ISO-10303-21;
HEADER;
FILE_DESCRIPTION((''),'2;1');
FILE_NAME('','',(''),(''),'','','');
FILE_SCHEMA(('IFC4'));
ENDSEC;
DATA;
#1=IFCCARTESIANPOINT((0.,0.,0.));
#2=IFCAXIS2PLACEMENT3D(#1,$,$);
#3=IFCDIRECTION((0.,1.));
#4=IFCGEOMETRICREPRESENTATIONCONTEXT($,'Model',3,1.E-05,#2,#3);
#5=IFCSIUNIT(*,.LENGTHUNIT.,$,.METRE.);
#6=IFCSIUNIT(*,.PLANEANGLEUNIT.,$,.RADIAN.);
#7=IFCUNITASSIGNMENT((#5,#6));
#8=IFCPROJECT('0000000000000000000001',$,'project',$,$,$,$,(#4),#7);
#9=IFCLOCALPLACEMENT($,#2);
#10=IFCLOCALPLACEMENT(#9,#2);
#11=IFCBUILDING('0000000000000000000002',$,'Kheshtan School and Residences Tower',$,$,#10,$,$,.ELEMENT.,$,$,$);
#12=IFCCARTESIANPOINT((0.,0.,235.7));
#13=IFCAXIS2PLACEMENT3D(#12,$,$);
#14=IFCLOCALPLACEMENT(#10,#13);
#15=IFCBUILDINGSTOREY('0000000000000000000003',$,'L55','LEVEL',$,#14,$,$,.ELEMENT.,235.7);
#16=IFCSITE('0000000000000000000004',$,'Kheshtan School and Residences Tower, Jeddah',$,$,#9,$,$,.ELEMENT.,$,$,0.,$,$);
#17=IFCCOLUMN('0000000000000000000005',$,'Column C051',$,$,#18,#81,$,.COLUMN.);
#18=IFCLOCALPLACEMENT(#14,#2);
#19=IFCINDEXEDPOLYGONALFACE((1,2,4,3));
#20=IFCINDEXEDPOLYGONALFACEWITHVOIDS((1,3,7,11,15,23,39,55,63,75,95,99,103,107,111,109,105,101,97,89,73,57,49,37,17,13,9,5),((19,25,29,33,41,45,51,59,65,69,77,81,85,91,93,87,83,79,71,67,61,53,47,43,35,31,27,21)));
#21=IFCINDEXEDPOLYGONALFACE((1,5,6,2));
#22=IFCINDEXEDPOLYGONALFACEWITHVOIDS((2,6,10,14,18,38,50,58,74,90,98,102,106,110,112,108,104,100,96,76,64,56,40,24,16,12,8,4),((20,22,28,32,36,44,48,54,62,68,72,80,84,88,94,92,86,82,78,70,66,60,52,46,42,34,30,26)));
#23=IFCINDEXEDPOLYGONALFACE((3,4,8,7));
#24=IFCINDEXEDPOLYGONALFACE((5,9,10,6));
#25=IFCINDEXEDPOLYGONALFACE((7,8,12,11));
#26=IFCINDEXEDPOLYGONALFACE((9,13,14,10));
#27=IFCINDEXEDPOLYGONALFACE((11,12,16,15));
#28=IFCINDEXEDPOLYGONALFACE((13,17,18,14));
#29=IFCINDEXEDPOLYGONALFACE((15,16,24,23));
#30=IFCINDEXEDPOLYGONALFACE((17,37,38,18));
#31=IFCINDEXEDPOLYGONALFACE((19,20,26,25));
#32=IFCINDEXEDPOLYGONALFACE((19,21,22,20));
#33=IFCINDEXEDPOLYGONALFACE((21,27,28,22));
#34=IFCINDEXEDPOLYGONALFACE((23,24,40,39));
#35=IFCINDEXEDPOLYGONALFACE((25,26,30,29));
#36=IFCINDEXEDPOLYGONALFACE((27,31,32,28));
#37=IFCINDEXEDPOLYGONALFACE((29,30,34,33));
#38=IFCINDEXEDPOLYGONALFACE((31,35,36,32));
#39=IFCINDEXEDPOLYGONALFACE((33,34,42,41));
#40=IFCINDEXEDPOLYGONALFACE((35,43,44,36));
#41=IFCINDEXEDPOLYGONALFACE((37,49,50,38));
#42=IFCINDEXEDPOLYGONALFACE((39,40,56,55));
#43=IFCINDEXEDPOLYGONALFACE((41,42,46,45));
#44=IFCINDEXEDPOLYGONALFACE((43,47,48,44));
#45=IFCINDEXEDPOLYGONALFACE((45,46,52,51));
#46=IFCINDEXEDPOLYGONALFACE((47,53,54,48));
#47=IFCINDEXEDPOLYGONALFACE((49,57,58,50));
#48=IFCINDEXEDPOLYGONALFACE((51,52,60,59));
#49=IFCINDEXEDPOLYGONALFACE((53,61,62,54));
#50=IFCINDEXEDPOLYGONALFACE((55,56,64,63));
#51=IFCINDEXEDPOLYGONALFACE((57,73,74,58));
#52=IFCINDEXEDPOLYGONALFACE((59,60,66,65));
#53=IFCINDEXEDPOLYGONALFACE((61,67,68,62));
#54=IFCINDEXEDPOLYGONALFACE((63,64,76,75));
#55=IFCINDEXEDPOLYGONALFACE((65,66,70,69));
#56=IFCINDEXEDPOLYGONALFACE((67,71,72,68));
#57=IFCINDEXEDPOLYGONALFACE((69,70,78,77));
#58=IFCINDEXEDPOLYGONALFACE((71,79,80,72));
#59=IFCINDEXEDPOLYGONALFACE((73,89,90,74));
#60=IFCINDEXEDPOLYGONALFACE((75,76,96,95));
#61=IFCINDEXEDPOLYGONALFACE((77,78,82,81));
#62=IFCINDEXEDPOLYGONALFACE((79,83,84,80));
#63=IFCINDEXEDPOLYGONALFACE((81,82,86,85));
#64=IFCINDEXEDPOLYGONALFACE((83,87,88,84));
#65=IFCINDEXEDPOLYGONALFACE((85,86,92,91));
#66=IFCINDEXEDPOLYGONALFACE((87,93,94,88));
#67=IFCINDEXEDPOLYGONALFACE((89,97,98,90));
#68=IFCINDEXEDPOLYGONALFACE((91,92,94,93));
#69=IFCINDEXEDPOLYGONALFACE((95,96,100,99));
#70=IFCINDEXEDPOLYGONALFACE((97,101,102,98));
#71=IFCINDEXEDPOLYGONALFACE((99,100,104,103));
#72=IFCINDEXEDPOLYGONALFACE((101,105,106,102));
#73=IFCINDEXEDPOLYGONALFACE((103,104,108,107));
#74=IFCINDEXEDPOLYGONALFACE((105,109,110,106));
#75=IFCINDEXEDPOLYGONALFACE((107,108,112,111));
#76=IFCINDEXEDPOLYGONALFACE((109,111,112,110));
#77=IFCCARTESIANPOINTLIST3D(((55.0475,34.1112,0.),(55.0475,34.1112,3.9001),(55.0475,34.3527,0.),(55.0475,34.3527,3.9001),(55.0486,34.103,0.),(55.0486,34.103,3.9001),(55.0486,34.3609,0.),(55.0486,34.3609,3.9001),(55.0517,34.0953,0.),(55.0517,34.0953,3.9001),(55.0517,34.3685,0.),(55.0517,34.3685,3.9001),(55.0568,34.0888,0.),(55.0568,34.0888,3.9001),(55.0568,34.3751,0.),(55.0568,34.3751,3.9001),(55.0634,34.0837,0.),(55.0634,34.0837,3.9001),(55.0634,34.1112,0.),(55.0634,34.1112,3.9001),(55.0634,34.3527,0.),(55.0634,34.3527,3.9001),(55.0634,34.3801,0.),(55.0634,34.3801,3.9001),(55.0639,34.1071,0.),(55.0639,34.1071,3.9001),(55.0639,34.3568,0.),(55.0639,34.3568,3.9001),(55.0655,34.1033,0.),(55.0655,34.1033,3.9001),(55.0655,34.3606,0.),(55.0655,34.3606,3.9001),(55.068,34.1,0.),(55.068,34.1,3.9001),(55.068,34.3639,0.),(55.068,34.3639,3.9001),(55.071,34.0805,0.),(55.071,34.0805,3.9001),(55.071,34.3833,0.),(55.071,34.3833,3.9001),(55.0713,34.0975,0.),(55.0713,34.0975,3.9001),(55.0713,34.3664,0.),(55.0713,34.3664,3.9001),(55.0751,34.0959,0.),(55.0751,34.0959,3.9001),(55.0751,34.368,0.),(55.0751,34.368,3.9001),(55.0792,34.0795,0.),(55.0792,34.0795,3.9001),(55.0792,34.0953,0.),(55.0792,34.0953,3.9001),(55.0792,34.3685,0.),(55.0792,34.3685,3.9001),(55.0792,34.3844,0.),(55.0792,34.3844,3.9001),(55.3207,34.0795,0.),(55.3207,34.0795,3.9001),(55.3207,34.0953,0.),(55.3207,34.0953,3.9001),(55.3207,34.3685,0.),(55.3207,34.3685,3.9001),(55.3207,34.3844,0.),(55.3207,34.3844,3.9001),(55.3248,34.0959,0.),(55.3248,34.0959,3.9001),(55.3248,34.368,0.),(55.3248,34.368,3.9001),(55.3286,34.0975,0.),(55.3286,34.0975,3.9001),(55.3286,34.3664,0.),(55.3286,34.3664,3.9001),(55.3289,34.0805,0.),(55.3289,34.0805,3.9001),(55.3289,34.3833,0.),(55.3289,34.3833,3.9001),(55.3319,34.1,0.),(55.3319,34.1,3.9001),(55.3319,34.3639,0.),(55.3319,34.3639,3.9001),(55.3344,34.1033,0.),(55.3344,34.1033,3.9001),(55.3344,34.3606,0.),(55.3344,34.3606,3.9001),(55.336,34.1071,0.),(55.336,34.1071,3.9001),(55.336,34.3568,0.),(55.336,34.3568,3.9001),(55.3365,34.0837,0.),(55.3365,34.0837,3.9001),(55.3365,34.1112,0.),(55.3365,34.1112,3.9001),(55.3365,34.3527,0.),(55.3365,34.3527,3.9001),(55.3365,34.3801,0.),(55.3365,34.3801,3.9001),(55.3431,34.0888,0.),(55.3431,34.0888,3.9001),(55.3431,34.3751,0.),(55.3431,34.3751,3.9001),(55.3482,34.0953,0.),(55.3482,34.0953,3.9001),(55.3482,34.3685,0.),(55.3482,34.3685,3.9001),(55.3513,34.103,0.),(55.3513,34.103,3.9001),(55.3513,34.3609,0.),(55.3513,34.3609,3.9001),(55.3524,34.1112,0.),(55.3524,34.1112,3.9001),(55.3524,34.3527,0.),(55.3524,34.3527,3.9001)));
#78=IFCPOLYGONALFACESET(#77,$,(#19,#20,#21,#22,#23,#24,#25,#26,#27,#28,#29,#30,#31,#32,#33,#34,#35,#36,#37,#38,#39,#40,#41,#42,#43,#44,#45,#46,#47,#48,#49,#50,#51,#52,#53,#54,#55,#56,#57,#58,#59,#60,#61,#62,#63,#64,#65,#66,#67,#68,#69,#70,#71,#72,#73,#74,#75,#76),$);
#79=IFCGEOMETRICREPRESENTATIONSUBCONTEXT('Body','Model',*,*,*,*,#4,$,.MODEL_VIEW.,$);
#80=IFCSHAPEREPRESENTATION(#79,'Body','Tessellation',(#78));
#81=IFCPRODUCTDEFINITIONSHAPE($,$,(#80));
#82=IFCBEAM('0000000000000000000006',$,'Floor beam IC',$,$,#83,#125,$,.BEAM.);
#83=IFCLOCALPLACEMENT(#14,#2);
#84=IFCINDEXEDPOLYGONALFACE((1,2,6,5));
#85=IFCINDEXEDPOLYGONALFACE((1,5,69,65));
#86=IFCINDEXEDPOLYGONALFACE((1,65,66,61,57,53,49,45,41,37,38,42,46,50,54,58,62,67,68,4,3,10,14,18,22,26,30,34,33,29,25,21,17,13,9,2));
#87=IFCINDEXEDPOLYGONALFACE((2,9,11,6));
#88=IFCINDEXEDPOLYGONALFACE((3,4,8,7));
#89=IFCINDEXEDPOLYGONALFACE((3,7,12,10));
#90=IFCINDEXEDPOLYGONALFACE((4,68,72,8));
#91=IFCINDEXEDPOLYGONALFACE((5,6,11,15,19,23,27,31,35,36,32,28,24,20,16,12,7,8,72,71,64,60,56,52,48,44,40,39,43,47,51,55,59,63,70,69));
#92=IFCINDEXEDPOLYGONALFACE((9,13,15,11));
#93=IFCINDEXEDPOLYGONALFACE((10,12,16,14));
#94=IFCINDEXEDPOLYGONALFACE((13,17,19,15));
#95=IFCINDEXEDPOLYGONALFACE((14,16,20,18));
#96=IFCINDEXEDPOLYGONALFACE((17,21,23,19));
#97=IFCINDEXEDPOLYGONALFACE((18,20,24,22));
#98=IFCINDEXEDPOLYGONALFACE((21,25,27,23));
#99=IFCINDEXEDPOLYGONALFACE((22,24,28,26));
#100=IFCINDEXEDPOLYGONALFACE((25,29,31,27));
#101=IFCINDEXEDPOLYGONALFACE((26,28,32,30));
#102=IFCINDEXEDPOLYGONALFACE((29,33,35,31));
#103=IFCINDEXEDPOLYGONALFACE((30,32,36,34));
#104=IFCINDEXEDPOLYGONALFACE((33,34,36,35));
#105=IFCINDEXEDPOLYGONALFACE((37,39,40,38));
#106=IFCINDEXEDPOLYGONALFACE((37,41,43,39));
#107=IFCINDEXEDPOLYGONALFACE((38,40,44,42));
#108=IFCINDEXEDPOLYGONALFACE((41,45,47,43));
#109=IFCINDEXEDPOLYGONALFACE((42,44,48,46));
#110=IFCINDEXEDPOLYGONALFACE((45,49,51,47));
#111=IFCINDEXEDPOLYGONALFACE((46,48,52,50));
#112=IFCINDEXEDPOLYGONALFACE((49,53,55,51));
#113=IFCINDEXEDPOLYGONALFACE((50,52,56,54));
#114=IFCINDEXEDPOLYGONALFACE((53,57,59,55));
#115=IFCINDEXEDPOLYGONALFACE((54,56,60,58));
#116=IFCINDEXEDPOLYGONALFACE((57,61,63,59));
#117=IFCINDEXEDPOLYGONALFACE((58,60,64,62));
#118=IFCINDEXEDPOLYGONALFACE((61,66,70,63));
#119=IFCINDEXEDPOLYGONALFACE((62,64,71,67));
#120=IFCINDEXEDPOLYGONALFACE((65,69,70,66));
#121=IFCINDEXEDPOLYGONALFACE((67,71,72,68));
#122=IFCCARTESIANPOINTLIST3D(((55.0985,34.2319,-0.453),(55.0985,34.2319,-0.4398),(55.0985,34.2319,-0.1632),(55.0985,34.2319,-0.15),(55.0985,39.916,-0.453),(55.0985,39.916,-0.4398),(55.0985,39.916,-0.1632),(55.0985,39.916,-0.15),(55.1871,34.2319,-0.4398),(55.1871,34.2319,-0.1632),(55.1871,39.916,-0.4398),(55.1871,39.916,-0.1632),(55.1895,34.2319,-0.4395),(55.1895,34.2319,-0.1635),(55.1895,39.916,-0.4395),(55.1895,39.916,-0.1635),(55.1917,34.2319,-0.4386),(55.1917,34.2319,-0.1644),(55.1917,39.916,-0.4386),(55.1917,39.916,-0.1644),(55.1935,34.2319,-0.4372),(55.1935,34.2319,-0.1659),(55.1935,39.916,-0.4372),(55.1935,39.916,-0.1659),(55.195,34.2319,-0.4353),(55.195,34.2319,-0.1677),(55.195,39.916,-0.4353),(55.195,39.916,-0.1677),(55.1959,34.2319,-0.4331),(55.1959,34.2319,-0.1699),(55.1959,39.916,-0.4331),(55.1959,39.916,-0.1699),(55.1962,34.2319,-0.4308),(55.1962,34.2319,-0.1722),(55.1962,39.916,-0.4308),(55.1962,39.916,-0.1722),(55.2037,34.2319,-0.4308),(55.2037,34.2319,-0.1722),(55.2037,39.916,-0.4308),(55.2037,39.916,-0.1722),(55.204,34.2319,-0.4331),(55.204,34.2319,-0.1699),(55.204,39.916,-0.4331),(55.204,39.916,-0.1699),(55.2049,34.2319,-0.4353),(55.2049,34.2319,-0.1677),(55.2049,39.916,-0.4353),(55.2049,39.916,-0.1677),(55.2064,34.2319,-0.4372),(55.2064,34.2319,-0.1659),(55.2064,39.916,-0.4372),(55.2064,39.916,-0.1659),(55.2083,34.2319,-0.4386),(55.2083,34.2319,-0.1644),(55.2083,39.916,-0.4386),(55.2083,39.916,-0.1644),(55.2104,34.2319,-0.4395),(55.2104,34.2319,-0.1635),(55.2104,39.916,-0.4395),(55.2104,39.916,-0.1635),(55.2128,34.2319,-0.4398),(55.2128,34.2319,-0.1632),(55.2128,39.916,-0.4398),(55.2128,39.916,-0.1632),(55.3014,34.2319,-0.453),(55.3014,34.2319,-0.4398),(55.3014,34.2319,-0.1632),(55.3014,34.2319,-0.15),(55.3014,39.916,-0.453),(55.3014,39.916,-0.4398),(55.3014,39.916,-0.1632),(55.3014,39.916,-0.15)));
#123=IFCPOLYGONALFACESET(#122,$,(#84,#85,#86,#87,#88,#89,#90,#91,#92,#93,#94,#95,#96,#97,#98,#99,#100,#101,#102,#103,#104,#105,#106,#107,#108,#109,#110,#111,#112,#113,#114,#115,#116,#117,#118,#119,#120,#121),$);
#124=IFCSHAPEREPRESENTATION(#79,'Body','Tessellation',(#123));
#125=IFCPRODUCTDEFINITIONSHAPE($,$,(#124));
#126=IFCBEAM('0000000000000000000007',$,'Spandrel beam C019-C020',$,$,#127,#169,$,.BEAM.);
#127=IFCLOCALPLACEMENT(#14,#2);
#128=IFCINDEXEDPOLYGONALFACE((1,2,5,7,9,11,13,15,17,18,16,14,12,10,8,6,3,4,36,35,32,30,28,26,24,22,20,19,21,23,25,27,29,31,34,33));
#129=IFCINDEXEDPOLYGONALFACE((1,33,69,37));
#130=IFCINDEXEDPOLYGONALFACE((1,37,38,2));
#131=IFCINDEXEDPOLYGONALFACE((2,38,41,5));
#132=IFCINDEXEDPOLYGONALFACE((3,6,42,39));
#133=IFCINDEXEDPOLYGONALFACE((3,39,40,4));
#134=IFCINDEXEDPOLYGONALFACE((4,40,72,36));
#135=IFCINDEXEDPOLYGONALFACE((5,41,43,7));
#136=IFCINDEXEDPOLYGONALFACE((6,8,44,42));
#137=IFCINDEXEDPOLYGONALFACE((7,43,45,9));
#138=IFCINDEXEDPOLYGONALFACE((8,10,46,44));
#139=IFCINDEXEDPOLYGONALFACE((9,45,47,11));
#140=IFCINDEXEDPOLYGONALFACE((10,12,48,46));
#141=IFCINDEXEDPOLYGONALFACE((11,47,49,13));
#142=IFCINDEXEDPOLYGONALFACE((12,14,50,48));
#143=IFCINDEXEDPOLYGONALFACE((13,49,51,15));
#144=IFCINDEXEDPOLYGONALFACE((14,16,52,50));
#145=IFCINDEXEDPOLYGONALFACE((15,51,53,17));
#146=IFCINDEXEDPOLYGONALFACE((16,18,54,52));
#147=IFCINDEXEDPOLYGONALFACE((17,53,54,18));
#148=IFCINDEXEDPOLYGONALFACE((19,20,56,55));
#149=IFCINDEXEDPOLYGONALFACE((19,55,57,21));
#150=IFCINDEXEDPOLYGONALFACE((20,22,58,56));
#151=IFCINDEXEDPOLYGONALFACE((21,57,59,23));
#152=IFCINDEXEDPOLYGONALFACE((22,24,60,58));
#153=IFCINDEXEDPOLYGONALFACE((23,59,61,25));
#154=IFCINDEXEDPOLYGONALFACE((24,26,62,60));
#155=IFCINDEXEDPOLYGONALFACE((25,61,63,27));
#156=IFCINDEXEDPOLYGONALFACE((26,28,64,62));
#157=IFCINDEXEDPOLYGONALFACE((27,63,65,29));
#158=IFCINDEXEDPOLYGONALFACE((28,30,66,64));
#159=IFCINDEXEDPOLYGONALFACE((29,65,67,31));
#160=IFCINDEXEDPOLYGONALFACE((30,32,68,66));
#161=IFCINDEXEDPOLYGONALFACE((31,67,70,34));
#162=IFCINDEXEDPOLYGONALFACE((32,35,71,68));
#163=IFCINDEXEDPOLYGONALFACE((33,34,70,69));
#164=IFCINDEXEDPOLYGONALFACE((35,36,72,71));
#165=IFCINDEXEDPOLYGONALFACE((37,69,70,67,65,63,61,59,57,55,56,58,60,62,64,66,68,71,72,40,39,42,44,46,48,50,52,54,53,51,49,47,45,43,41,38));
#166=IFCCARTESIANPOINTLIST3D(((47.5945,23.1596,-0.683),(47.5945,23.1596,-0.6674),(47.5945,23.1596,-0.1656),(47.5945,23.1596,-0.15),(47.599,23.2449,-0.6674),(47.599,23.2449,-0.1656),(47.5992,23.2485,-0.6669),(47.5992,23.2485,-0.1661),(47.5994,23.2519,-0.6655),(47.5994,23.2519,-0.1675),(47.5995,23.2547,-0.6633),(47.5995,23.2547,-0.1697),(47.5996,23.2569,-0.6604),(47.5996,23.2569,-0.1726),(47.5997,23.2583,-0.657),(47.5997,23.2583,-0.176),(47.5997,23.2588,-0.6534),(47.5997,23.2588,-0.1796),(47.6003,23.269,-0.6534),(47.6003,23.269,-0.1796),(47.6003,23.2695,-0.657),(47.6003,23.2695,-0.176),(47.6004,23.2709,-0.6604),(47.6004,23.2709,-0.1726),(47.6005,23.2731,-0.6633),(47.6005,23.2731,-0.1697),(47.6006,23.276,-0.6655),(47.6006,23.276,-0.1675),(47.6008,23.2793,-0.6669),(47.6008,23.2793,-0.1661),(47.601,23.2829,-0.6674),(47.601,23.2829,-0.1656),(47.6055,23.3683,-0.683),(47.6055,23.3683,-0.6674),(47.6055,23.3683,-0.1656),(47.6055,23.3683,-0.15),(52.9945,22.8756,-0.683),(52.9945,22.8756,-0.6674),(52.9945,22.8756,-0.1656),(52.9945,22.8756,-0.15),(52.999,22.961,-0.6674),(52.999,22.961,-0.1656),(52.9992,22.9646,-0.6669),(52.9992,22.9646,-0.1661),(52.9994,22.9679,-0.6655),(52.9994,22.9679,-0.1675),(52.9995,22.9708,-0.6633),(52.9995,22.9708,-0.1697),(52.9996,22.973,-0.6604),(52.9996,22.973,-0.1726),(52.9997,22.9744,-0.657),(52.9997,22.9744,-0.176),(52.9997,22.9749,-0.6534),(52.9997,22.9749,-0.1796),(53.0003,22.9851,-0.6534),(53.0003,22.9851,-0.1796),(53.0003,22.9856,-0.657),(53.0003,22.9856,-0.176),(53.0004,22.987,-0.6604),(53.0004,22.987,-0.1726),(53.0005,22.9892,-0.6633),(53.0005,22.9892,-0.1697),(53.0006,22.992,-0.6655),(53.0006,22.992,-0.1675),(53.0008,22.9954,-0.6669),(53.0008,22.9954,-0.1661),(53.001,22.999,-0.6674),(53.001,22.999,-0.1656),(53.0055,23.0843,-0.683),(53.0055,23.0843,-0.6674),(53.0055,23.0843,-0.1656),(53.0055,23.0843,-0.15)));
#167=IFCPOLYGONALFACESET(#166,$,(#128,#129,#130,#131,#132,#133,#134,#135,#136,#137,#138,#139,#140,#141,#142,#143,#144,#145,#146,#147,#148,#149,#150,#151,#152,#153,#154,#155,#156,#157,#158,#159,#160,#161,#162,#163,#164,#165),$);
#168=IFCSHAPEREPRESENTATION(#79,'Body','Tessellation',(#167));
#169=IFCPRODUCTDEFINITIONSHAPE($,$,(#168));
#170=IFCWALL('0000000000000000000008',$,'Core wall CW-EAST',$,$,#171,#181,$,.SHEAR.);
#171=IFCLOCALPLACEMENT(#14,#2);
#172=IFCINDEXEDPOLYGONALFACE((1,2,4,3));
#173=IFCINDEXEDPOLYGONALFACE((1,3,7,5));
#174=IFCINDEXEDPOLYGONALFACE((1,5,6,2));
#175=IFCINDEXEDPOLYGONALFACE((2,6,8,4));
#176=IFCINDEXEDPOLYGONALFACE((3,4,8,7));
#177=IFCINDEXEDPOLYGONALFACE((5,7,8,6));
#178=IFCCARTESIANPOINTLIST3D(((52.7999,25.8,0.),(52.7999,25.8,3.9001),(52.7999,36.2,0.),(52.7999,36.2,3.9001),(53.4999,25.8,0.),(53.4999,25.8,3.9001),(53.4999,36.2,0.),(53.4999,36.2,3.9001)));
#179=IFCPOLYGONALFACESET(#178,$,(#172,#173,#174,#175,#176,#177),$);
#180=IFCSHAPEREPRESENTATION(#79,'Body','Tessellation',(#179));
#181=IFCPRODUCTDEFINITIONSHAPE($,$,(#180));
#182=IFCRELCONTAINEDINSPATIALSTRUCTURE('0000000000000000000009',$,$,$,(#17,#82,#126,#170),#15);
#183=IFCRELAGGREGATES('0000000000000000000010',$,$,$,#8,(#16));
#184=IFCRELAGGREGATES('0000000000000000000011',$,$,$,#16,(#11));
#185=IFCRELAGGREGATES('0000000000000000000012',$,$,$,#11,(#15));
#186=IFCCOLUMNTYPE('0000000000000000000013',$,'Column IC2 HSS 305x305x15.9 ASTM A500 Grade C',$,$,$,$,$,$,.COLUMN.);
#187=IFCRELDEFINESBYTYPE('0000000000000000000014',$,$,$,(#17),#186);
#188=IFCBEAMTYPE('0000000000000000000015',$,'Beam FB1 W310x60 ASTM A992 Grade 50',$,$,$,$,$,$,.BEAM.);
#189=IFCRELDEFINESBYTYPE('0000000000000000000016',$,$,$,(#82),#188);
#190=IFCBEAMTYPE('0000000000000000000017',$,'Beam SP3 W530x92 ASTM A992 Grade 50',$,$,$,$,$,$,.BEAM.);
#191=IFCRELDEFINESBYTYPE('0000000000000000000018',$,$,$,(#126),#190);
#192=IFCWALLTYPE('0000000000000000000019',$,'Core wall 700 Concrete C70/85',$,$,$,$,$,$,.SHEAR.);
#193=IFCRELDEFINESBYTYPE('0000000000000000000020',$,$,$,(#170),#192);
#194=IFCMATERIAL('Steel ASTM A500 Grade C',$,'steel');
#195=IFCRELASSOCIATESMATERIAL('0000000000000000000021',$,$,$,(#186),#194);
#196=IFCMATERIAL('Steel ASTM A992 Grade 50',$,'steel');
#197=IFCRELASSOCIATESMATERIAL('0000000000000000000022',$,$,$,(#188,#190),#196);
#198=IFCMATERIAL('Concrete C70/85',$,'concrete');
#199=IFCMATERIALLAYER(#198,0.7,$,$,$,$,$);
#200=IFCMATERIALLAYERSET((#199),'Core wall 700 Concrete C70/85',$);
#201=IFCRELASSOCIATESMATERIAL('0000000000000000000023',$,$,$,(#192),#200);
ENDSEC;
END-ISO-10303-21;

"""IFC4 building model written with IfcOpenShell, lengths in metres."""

from ifc_helpers import new_model, si_unit, direction, frame, frame_2d, origin, origin_2d, place, context, subcontext, project, spatial, rectangle, hollow_rectangle, i_section, extrude, material, layer, layer_set, material_profile, profile_set, type_object, element, save


model = new_model("IFC4")

# Units and contexts
model_context = context("Model", 3, precision=1e-05, world=origin(), true_north=direction((0.0, 1.0)))
body_context = subcontext(model_context, "Body", "Model", "MODEL_VIEW")
ifc_project = project(units=[si_unit("LENGTHUNIT", "METRE"), si_unit("PLANEANGLEUNIT", "RADIAN")], contexts=[model_context])

# Site, building, storey
site_placement = place(None, origin())
site = spatial("IfcSite", under=ifc_project, at=site_placement, Name="Kheshtan School and Residences Tower, Jeddah", CompositionType="ELEMENT", RefElevation=0.0)
building_placement = place(site_placement, origin())
building = spatial("IfcBuilding", under=site, at=building_placement, Name="Kheshtan School and Residences Tower", CompositionType="ELEMENT")
storey_placement = place(building_placement, frame((0.0, 0.0, 235.7)))
storey = spatial("IfcBuildingStorey", under=building, at=storey_placement, Name="L55", Description="LEVEL", CompositionType="ELEMENT", Elevation=235.7)

# Column
ifc_material_1 = material(Name="Steel ASTM A500 Grade C", Category="steel")
ifc_material_profile_1 = material_profile(ifc_material_1, hollow_rectangle(XDim=0.3049, YDim=0.3049, WallThickness=0.0159, InnerFilletRadius=0.0159, OuterFilletRadius=0.0317, at=origin_2d()), Name="HSS 305x305x15.9")
ifc_profile_set_1 = profile_set([ifc_material_profile_1], Name="Steel ASTM A500 Grade C")
column_type = type_object("IfcColumnType", Name="Column IC2 HSS 305x305x15.9 ASTM A500 Grade C", PredefinedType="COLUMN", material=ifc_profile_set_1)
column_placement = place(storey_placement, frame((55.2, 34.2319, 0.0), z_axis=(0.0, 0.0, 1.0), x_axis=(1.0, 0.0, 0.0)))
element("IfcColumn", 1, at=column_placement, inside=storey, type_object=column_type, Name="Column C051", PredefinedType="COLUMN", context=body_context, shape_type="SweptSolid", body=[
    extrude(hollow_rectangle(XDim=0.3049, YDim=0.3049, WallThickness=0.0159, InnerFilletRadius=0.0159, OuterFilletRadius=0.0317, at=origin_2d()), origin(), (0.0, 0.0, 1.0), 3.9001),
])

# Beams
ifc_material_2 = material(Name="Steel ASTM A992 Grade 50", Category="steel")
ifc_material_profile_2 = material_profile(ifc_material_2, i_section(OverallWidth=0.2029, OverallDepth=0.303, WebThickness=0.0076, FlangeThickness=0.0132, FilletRadius=0.009, at=origin_2d()), Name="W310x60")
ifc_profile_set_2 = profile_set([ifc_material_profile_2], Name="Steel ASTM A992 Grade 50")
beam_type_1 = type_object("IfcBeamType", Name="Beam FB1 W310x60 ASTM A992 Grade 50", PredefinedType="BEAM", material=ifc_profile_set_2)
beam_1_placement = place(storey_placement, frame((55.2, 34.2319, -0.3015), z_axis=(0.0, 1.0, 0.0), x_axis=(-1.0, 0.0, 0.0)))
element("IfcBeam", 2, at=beam_1_placement, inside=storey, type_object=beam_type_1, Name="Floor beam IC", PredefinedType="BEAM", context=body_context, shape_type="SweptSolid", body=[
    extrude(i_section(OverallWidth=0.2029, OverallDepth=0.303, WebThickness=0.0076, FlangeThickness=0.0132, FilletRadius=0.009, at=origin_2d()), origin(), (0.0, 0.0, 1.0), 5.6841),
])
ifc_material_profile_3 = material_profile(ifc_material_2, i_section(OverallWidth=0.209, OverallDepth=0.533, WebThickness=0.0103, FlangeThickness=0.0156, FilletRadius=0.0139, at=origin_2d()), Name="W530x92")
ifc_profile_set_3 = profile_set([ifc_material_profile_3], Name="Steel ASTM A992 Grade 50")
beam_type_2 = type_object("IfcBeamType", Name="Beam SP3 W530x92 ASTM A992 Grade 50", PredefinedType="BEAM", material=ifc_profile_set_3)
beam_2_placement = place(storey_placement, frame((53.0, 22.98, -0.4165), z_axis=(-0.99862, 0.052509, 0.0), x_axis=(-0.052509, -0.99862, 0.0)))
element("IfcBeam", 3, at=beam_2_placement, inside=storey, type_object=beam_type_2, Name="Spandrel beam C019-C020", PredefinedType="BEAM", context=body_context, shape_type="SweptSolid", body=[
    extrude(i_section(OverallWidth=0.209, OverallDepth=0.533, WebThickness=0.0103, FlangeThickness=0.0156, FilletRadius=0.0139, at=origin_2d()), origin(), (0.0, 0.0, 1.0), 5.4075),
])

# Wall
ifc_material_3 = material(Name="Concrete C70/85", Category="concrete")
ifc_layer_1 = layer(ifc_material_3, 0.7)
ifc_layer_set_1 = layer_set([ifc_layer_1], Name="Core wall 700 Concrete C70/85")
wall_type_1 = type_object("IfcWallType", Name="Core wall 700 Concrete C70/85", PredefinedType="SHEAR", material=ifc_layer_set_1)
wall_1_placement = place(storey_placement, frame((53.1499, 25.8, 0.0), z_axis=(0.0, 0.0, 1.0), x_axis=(0.0, 1.0, 0.0)))
element("IfcWall", 4, at=wall_1_placement, inside=storey, type_object=wall_type_1, Name="Core wall CW-EAST", PredefinedType="SHEAR", context=body_context, shape_type="SweptSolid", body=[
    extrude(rectangle(XDim=10.3999, YDim=0.7, at=frame_2d((5.2, 0.0))), origin(), (0.0, 0.0, 1.0), 3.9001),
])

save(model, "model.ifc")
